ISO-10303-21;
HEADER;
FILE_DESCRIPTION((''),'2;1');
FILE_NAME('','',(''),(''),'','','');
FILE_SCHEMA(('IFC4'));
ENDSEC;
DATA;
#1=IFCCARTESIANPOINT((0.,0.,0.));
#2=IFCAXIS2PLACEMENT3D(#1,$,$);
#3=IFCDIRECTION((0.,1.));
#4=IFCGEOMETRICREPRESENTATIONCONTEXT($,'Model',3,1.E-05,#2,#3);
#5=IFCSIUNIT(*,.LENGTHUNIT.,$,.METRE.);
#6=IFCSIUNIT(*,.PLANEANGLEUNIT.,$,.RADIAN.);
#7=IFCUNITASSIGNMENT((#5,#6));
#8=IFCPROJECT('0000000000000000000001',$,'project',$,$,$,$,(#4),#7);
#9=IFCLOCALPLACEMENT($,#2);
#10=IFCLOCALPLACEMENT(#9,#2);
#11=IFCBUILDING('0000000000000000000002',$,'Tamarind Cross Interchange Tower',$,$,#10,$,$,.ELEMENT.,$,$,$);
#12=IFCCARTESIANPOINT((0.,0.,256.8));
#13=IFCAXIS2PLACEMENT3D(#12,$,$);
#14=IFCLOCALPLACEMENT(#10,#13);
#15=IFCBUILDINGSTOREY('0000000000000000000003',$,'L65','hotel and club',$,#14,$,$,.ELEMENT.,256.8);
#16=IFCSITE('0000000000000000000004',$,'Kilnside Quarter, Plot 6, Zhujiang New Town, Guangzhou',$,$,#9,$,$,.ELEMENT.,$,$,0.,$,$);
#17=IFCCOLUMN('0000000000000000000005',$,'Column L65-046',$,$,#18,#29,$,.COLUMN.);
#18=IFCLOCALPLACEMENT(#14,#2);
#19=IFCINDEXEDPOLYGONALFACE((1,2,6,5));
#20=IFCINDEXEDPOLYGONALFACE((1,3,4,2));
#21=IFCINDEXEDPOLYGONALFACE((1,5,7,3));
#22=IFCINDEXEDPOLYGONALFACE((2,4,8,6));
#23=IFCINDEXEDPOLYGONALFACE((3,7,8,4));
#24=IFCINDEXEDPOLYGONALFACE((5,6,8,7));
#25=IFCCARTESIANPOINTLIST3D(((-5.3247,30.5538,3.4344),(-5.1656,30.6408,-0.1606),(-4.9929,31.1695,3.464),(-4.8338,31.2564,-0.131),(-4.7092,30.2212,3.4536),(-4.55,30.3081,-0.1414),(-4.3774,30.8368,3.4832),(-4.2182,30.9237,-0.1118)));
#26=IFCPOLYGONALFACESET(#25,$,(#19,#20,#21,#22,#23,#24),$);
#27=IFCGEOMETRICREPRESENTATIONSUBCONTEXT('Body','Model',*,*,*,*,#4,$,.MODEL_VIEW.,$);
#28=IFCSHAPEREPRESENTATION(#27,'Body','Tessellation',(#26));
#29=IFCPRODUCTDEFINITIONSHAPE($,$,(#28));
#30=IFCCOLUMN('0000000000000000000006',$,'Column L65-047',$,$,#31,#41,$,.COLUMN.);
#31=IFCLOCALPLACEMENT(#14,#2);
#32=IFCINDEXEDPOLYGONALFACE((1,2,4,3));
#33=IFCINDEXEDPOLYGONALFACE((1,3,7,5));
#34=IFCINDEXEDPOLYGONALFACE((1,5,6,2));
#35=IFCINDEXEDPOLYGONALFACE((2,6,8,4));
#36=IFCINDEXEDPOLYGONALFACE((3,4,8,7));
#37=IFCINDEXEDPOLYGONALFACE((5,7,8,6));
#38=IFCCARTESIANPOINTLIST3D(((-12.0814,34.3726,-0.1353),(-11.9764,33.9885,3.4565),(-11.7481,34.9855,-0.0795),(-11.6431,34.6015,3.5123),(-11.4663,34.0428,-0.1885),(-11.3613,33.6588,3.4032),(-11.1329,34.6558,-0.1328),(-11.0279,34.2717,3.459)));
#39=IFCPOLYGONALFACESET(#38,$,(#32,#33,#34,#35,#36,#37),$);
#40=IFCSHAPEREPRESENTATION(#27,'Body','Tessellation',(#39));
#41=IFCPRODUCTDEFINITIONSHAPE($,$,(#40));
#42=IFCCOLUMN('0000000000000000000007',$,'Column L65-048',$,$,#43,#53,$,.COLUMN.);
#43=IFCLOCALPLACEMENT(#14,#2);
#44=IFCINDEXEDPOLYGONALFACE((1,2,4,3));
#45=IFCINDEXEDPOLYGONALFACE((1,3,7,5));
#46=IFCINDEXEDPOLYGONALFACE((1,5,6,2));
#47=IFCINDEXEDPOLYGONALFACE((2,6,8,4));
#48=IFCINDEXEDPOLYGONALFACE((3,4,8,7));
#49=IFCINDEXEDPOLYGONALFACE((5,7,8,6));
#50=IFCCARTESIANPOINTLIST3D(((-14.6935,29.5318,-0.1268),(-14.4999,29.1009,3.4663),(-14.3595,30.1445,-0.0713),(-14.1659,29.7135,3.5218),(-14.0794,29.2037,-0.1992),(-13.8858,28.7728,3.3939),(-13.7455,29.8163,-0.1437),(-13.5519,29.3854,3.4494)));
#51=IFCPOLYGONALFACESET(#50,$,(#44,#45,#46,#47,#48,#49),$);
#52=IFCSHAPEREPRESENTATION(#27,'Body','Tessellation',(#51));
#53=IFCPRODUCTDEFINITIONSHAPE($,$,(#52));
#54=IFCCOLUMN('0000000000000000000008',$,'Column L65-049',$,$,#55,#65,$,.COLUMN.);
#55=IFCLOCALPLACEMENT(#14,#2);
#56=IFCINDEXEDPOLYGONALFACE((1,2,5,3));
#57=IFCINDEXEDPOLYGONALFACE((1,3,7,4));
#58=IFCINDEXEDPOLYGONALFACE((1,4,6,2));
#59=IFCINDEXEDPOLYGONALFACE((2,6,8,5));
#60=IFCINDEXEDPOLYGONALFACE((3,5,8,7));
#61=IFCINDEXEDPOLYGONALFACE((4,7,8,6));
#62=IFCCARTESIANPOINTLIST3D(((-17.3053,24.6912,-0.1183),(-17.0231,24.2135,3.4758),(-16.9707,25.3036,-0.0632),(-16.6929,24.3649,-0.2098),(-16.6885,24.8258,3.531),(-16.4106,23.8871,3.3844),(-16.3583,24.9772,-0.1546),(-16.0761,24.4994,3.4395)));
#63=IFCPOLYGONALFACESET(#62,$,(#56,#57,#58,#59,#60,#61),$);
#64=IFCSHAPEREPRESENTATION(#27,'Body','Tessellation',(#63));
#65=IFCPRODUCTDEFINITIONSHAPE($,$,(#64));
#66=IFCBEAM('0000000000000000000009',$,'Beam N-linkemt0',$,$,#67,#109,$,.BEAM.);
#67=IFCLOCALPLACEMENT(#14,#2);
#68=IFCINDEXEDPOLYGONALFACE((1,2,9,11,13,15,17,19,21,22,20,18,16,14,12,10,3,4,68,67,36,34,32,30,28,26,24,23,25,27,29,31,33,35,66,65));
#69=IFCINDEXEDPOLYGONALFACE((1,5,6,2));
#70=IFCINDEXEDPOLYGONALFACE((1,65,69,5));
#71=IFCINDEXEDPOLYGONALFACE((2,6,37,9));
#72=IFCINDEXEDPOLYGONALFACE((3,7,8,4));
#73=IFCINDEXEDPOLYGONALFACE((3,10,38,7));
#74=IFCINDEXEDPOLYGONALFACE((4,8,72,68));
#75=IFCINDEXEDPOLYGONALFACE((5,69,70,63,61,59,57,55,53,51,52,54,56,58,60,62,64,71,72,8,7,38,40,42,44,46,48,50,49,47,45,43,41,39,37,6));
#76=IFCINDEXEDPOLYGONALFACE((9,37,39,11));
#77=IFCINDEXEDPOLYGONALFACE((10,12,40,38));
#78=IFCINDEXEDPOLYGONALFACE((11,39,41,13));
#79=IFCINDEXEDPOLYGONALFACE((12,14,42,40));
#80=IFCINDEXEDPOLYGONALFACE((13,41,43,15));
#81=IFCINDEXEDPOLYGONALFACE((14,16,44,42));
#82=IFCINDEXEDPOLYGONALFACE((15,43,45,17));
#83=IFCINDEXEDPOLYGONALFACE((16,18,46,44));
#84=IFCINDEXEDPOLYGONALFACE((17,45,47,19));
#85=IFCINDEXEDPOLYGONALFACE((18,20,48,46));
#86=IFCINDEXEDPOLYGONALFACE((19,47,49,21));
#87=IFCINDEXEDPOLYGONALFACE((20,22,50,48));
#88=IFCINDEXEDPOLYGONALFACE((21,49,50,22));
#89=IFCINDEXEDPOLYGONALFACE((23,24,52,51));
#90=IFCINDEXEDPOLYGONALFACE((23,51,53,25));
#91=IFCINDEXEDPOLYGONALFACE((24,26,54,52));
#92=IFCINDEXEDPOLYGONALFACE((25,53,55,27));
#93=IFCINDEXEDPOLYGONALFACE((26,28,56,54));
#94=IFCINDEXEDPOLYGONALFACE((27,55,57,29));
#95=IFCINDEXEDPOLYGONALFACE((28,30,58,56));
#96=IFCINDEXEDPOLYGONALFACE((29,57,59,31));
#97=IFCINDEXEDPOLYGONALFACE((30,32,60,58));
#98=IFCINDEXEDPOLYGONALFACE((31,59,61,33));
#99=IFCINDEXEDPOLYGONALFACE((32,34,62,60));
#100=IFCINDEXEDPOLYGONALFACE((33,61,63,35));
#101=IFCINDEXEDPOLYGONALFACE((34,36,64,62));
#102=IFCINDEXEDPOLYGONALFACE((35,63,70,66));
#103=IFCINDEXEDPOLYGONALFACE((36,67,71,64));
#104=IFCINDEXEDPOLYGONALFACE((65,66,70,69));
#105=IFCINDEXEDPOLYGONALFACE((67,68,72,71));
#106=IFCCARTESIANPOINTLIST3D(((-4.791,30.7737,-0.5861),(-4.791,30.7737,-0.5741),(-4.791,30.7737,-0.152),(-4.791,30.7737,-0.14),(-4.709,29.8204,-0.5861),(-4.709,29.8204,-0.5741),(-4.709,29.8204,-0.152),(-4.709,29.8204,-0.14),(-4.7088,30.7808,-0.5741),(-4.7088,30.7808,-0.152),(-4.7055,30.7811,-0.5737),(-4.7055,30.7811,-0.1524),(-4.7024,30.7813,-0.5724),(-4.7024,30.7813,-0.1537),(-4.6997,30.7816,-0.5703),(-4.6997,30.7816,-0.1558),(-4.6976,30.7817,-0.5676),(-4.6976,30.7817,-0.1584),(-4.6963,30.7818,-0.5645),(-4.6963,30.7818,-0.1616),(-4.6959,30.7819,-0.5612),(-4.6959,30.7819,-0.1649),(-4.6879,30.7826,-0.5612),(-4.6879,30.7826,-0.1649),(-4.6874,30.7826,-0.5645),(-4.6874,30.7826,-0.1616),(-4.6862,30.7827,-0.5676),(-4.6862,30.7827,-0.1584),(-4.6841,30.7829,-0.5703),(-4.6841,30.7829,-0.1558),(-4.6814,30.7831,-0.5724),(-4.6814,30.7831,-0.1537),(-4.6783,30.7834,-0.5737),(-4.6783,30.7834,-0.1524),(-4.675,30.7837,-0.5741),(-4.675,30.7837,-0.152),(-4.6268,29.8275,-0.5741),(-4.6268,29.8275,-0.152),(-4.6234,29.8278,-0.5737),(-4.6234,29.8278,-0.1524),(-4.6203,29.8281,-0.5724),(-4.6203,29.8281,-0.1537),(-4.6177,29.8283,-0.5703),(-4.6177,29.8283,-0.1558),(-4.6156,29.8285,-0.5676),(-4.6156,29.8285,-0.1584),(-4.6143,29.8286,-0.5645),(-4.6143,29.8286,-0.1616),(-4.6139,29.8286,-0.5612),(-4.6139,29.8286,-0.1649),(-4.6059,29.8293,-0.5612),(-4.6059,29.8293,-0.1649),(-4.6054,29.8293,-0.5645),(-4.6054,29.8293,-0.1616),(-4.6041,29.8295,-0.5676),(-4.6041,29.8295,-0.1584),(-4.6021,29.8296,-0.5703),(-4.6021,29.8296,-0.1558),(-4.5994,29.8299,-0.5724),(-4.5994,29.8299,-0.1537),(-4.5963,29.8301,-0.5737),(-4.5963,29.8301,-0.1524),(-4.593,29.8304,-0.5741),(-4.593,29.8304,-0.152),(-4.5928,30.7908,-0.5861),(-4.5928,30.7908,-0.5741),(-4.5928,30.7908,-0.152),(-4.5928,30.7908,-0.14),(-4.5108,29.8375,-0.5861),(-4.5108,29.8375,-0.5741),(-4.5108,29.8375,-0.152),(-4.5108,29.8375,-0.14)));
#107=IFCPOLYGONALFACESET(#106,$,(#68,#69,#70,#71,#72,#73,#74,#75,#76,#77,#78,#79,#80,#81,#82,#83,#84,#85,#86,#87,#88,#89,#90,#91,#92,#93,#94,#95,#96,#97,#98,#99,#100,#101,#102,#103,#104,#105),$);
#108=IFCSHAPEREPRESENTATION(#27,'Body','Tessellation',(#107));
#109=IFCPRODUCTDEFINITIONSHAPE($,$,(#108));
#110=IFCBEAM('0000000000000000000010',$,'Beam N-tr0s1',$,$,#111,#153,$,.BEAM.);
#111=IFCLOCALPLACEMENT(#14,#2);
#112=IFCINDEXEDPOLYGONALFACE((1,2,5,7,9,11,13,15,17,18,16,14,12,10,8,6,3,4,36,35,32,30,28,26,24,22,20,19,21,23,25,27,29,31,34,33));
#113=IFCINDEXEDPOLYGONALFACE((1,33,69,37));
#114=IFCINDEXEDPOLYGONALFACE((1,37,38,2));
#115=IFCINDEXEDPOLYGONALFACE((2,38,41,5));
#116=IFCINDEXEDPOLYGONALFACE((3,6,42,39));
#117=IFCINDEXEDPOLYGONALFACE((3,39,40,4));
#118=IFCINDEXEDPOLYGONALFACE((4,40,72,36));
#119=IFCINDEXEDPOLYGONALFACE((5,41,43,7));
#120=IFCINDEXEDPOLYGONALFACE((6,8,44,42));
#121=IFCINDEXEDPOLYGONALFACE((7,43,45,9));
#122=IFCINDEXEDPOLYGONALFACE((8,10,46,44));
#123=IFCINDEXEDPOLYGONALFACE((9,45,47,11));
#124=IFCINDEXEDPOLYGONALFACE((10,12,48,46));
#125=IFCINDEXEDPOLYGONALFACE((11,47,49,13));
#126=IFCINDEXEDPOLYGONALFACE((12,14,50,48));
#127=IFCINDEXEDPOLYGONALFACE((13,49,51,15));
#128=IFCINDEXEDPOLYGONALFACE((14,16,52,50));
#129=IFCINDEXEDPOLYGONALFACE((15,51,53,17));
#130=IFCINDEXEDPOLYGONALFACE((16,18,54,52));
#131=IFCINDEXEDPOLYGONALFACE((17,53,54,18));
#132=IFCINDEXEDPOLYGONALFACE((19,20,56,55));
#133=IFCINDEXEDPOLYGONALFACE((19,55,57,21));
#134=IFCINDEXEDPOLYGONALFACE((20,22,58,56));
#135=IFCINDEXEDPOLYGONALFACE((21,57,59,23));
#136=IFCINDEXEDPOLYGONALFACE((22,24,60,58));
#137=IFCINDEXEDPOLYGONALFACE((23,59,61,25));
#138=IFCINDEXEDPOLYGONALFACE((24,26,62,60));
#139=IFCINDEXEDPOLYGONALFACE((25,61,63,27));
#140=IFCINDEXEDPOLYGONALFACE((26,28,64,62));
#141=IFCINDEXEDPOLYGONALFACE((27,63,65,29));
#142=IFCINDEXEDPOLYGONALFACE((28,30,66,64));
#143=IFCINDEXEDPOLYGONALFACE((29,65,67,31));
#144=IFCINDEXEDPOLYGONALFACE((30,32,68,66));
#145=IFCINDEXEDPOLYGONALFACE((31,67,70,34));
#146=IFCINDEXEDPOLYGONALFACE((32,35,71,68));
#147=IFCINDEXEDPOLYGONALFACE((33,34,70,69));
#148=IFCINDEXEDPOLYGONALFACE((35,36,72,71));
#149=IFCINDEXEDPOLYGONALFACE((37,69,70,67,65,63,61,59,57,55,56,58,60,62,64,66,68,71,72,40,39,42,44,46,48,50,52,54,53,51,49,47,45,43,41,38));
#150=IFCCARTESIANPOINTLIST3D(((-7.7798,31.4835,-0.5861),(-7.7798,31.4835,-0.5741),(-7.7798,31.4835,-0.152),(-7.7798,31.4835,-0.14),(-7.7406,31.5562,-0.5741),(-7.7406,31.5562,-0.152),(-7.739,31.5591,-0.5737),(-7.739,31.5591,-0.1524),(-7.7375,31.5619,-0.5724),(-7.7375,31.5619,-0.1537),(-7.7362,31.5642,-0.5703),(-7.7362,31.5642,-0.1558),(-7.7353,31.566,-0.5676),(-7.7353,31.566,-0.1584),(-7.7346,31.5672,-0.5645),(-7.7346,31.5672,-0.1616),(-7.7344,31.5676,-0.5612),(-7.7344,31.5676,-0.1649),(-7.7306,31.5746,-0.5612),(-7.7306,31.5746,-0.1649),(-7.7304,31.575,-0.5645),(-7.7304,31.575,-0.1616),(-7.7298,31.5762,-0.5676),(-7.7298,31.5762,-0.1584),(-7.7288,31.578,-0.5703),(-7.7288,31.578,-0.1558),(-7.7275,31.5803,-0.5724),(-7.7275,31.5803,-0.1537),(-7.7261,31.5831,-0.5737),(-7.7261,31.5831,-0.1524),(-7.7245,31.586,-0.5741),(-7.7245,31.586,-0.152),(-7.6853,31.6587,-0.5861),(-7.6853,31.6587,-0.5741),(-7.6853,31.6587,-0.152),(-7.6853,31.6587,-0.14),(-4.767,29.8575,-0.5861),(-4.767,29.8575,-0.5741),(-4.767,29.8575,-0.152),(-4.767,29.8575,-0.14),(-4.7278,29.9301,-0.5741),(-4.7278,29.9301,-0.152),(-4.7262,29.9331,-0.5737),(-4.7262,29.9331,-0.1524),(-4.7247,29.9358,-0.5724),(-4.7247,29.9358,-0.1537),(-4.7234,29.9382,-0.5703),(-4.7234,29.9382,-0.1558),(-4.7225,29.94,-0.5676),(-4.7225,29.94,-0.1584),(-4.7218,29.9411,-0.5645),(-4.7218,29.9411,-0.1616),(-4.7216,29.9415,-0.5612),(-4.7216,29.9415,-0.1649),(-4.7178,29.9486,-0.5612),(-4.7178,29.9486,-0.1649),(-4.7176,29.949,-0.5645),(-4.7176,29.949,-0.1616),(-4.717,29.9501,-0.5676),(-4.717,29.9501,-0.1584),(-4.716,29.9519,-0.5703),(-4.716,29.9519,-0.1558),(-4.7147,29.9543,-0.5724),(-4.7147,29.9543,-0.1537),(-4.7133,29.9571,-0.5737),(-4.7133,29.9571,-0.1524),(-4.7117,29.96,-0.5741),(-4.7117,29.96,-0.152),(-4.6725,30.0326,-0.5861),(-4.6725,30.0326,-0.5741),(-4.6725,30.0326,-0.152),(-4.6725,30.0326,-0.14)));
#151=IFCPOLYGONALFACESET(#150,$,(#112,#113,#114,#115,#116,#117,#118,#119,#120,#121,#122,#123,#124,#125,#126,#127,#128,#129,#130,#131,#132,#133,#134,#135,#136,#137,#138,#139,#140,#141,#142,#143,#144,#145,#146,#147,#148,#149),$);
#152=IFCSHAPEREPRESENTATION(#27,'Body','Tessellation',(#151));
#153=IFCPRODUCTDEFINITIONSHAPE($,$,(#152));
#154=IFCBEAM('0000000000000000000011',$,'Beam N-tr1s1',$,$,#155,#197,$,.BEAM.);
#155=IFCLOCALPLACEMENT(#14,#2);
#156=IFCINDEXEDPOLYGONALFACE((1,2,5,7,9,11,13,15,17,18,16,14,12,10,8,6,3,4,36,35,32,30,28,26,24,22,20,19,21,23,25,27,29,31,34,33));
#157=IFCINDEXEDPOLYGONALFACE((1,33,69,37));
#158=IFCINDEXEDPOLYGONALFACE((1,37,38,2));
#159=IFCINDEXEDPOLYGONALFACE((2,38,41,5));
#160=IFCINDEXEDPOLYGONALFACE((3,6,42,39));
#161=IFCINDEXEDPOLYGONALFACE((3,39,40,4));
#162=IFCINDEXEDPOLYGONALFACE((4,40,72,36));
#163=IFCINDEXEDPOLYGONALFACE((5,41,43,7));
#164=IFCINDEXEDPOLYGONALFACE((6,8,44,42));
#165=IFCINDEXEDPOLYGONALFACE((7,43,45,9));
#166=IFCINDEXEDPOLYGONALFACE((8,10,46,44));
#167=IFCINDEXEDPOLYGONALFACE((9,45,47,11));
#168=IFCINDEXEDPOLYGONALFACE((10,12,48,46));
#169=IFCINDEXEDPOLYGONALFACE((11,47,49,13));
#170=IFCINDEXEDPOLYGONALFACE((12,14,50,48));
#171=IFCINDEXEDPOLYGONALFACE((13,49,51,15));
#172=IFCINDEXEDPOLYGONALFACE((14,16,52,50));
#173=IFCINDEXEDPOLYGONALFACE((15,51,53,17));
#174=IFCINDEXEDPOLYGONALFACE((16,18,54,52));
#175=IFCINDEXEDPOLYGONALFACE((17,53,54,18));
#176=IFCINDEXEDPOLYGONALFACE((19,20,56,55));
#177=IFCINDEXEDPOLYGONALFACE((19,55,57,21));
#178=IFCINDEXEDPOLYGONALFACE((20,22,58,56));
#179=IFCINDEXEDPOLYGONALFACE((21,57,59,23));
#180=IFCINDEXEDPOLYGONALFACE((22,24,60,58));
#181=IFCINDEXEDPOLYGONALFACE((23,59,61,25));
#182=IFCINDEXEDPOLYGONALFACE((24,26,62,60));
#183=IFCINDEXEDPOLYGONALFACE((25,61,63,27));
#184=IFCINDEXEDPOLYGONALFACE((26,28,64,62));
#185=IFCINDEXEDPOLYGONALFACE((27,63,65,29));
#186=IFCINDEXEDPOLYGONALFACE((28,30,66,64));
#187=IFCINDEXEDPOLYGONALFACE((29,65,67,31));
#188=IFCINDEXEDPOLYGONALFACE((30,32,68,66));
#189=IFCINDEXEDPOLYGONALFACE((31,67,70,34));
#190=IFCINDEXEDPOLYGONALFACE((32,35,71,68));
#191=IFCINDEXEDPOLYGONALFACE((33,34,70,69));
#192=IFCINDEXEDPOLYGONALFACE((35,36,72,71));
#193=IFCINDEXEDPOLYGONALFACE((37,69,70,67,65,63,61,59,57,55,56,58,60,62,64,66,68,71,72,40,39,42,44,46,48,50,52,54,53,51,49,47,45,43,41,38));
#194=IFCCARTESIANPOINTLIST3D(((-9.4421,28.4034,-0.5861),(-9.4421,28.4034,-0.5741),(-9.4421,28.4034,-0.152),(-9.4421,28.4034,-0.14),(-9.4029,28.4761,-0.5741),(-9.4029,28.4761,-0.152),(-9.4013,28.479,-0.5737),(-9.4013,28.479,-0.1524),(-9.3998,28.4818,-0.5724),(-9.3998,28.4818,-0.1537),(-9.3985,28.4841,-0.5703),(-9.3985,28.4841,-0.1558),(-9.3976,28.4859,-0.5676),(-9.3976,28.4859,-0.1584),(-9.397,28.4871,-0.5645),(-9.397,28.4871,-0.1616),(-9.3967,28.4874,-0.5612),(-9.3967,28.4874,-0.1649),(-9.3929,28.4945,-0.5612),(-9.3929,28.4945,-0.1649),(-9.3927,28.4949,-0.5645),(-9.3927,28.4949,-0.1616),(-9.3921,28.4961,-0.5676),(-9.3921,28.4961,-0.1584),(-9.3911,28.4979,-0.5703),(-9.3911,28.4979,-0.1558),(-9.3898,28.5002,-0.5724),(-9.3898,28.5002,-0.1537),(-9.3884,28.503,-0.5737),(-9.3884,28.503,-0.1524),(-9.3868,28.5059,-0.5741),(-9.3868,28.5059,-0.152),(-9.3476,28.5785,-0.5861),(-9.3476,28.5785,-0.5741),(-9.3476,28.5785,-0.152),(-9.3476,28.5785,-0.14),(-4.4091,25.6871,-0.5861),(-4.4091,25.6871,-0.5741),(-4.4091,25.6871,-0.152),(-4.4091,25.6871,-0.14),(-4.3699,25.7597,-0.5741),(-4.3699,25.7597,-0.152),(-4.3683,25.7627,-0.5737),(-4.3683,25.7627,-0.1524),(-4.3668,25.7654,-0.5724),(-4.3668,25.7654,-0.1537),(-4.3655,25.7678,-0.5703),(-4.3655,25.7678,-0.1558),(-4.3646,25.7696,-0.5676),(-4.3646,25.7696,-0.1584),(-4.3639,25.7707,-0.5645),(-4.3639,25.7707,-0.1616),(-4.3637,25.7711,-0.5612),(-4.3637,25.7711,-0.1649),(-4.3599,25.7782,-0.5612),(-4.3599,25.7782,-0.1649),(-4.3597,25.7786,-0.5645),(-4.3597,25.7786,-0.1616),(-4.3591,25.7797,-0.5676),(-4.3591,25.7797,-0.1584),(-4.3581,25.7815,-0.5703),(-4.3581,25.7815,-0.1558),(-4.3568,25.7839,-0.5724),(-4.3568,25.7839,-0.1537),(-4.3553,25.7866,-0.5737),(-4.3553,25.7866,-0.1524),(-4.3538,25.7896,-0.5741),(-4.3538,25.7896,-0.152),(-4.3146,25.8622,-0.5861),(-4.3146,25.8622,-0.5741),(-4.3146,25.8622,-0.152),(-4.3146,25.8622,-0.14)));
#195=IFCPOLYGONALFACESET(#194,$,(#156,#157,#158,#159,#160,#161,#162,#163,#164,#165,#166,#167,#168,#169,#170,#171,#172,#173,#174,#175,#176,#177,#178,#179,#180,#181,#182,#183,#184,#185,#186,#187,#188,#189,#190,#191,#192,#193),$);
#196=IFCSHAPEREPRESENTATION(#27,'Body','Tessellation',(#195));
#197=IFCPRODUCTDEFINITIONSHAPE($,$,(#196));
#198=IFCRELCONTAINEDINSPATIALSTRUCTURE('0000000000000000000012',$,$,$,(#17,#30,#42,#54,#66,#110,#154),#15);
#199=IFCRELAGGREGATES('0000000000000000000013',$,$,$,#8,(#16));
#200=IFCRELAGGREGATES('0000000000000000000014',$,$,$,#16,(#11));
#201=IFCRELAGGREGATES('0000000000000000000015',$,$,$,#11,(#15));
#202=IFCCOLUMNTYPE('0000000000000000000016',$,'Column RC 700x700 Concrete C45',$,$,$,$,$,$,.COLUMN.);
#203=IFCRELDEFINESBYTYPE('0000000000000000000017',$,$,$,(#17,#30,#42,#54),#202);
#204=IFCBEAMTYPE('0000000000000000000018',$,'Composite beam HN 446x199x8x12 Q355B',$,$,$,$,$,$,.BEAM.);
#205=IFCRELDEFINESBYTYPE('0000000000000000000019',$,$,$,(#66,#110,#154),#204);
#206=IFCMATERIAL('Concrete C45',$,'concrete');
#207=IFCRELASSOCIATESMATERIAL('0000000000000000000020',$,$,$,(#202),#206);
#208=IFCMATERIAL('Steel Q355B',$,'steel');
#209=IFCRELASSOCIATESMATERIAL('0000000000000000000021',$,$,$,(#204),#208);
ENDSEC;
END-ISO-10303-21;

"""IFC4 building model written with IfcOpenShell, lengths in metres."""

from ifc_helpers import new_model, si_unit, direction, frame, origin, origin_2d, place, context, subcontext, project, spatial, rectangle, i_section, extrude, material, material_profile, profile_set, type_object, element, save


model = new_model("IFC4")

# Units and contexts
model_context = context("Model", 3, precision=1e-05, world=origin(), true_north=direction((0.0, 1.0)))
body_context = subcontext(model_context, "Body", "Model", "MODEL_VIEW")
ifc_project = project(units=[si_unit("LENGTHUNIT", "METRE"), si_unit("PLANEANGLEUNIT", "RADIAN")], contexts=[model_context])

# Site, building, storey
site_placement = place(None, origin())
site = spatial("IfcSite", under=ifc_project, at=site_placement, Name="Kilnside Quarter, Plot 6, Zhujiang New Town, Guangzhou", CompositionType="ELEMENT", RefElevation=0.0)
building_placement = place(site_placement, origin())
building = spatial("IfcBuilding", under=site, at=building_placement, Name="Tamarind Cross Interchange Tower", CompositionType="ELEMENT")
storey_placement = place(building_placement, frame((0.0, 0.0, 256.8)))
storey = spatial("IfcBuildingStorey", under=building, at=storey_placement, Name="L65", Description="hotel and club", CompositionType="ELEMENT", Elevation=256.8)

# Columns
ifc_material_1 = material(Name="Concrete C45", Category="concrete")
ifc_material_profile_1 = material_profile(ifc_material_1, rectangle(XDim=0.7, YDim=0.7, at=origin_2d()), Name="RC 700x700")
ifc_profile_set_1 = profile_set([ifc_material_profile_1], Name="Concrete C45")
column_type = type_object("IfcColumnType", Name="Column RC 700x700 Concrete C45", PredefinedType="COLUMN", material=ifc_profile_set_1)
column_1_placement = place(storey_placement, frame((-4.6919, 30.7822, -0.1362), z_axis=(-0.044222, -0.024146, 0.99873), x_axis=(0.879399, -0.475293, 0.027447)))
element("IfcColumn", 1, at=column_1_placement, inside=storey, type_object=column_type, Name="Column L65-046", PredefinedType="COLUMN", context=body_context, shape_type="SweptSolid", body=[
    extrude(rectangle(XDim=0.7, YDim=0.7, at=origin_2d()), origin(), (0.0, 0.0, 1.0), 3.5996),
])
column_2_placement = place(storey_placement, frame((-11.6072, 34.5142, -0.134), z_axis=(0.02905, -0.106269, 0.993913), x_axis=(0.476282, 0.875673, 0.079706)))
element("IfcColumn", 2, at=column_2_placement, inside=storey, type_object=column_type, Name="Column L65-047", PredefinedType="COLUMN", context=body_context, shape_type="SweptSolid", body=[
    extrude(rectangle(XDim=0.7, YDim=0.7, at=origin_2d()), origin(), (0.0, 0.0, 1.0), 3.6138),
])
column_3_placement = place(storey_placement, frame((-14.2195, 29.6741, -0.1353), z_axis=(0.053423, -0.118906, 0.991467), x_axis=(0.477085, 0.875275, 0.079264)))
element("IfcColumn", 3, at=column_3_placement, inside=storey, type_object=column_type, Name="Column L65-048", PredefinedType="COLUMN", context=body_context, shape_type="SweptSolid", body=[
    extrude(rectangle(XDim=0.7, YDim=0.7, at=origin_2d()), origin(), (0.0, 0.0, 1.0), 3.624),
])
column_4_placement = place(storey_placement, frame((-16.8318, 24.8342, -0.1365), z_axis=(0.077603, -0.131374, 0.988291), x_axis=(0.47799, 0.874827, 0.078758)))
element("IfcColumn", 4, at=column_4_placement, inside=storey, type_object=column_type, Name="Column L65-049", PredefinedType="COLUMN", context=body_context, shape_type="SweptSolid", body=[
    extrude(rectangle(XDim=0.7, YDim=0.7, at=origin_2d()), origin(), (0.0, 0.0, 1.0), 3.6367),
])

# Beams
ifc_material_2 = material(Name="Steel Q355B", Category="steel")
ifc_material_profile_2 = material_profile(ifc_material_2, i_section(OverallWidth=0.199, OverallDepth=0.446, WebThickness=0.0081, FlangeThickness=0.012, FilletRadius=0.0129, at=origin_2d()), Name="HN 446x199x8x12")
ifc_profile_set_2 = profile_set([ifc_material_profile_2], Name="Steel Q355B")
beam_type_1 = type_object("IfcBeamType", Name="Composite beam HN 446x199x8x12 Q355B", PredefinedType="BEAM", material=ifc_profile_set_2)
beam_1_placement = place(storey_placement, frame((-4.6919, 30.7822, -0.363), z_axis=(0.085727, -0.996319, 0.0), x_axis=(0.996319, 0.085727, 0.0)))
element("IfcBeam", 5, at=beam_1_placement, inside=storey, type_object=beam_type_1, Name="Beam N-linkemt0", PredefinedType="BEAM", context=body_context, shape_type="SweptSolid", body=[
    extrude(i_section(OverallWidth=0.199, OverallDepth=0.446, WebThickness=0.0081, FlangeThickness=0.012, FilletRadius=0.0129, at=origin_2d()), origin(), (0.0, 0.0, 1.0), 0.9568),
])
beam_2_placement = place(storey_placement, frame((-4.7197, 29.9451, -0.363), z_axis=(-0.880013, 0.47495, 0.0), x_axis=(-0.47495, -0.880013, 0.0)))
element("IfcBeam", 6, at=beam_2_placement, inside=storey, type_object=beam_type_1, Name="Beam N-tr0s1", PredefinedType="BEAM", context=body_context, shape_type="SweptSolid", body=[
    extrude(i_section(OverallWidth=0.199, OverallDepth=0.446, WebThickness=0.0081, FlangeThickness=0.012, FilletRadius=0.0129, at=origin_2d()), origin(), (0.0, 0.0, 1.0), 3.4236),
])
beam_3_placement = place(storey_placement, frame((-4.3618, 25.7747, -0.363), z_axis=(-0.880014, 0.474947, 0.0), x_axis=(-0.474947, -0.880014, 0.0)))
element("IfcBeam", 7, at=beam_3_placement, inside=storey, type_object=beam_type_1, Name="Beam N-tr1s1", PredefinedType="BEAM", context=body_context, shape_type="SweptSolid", body=[
    extrude(i_section(OverallWidth=0.199, OverallDepth=0.446, WebThickness=0.0081, FlangeThickness=0.012, FilletRadius=0.0129, at=origin_2d()), origin(), (0.0, 0.0, 1.0), 5.7192),
])

save(model, "model.ifc")
